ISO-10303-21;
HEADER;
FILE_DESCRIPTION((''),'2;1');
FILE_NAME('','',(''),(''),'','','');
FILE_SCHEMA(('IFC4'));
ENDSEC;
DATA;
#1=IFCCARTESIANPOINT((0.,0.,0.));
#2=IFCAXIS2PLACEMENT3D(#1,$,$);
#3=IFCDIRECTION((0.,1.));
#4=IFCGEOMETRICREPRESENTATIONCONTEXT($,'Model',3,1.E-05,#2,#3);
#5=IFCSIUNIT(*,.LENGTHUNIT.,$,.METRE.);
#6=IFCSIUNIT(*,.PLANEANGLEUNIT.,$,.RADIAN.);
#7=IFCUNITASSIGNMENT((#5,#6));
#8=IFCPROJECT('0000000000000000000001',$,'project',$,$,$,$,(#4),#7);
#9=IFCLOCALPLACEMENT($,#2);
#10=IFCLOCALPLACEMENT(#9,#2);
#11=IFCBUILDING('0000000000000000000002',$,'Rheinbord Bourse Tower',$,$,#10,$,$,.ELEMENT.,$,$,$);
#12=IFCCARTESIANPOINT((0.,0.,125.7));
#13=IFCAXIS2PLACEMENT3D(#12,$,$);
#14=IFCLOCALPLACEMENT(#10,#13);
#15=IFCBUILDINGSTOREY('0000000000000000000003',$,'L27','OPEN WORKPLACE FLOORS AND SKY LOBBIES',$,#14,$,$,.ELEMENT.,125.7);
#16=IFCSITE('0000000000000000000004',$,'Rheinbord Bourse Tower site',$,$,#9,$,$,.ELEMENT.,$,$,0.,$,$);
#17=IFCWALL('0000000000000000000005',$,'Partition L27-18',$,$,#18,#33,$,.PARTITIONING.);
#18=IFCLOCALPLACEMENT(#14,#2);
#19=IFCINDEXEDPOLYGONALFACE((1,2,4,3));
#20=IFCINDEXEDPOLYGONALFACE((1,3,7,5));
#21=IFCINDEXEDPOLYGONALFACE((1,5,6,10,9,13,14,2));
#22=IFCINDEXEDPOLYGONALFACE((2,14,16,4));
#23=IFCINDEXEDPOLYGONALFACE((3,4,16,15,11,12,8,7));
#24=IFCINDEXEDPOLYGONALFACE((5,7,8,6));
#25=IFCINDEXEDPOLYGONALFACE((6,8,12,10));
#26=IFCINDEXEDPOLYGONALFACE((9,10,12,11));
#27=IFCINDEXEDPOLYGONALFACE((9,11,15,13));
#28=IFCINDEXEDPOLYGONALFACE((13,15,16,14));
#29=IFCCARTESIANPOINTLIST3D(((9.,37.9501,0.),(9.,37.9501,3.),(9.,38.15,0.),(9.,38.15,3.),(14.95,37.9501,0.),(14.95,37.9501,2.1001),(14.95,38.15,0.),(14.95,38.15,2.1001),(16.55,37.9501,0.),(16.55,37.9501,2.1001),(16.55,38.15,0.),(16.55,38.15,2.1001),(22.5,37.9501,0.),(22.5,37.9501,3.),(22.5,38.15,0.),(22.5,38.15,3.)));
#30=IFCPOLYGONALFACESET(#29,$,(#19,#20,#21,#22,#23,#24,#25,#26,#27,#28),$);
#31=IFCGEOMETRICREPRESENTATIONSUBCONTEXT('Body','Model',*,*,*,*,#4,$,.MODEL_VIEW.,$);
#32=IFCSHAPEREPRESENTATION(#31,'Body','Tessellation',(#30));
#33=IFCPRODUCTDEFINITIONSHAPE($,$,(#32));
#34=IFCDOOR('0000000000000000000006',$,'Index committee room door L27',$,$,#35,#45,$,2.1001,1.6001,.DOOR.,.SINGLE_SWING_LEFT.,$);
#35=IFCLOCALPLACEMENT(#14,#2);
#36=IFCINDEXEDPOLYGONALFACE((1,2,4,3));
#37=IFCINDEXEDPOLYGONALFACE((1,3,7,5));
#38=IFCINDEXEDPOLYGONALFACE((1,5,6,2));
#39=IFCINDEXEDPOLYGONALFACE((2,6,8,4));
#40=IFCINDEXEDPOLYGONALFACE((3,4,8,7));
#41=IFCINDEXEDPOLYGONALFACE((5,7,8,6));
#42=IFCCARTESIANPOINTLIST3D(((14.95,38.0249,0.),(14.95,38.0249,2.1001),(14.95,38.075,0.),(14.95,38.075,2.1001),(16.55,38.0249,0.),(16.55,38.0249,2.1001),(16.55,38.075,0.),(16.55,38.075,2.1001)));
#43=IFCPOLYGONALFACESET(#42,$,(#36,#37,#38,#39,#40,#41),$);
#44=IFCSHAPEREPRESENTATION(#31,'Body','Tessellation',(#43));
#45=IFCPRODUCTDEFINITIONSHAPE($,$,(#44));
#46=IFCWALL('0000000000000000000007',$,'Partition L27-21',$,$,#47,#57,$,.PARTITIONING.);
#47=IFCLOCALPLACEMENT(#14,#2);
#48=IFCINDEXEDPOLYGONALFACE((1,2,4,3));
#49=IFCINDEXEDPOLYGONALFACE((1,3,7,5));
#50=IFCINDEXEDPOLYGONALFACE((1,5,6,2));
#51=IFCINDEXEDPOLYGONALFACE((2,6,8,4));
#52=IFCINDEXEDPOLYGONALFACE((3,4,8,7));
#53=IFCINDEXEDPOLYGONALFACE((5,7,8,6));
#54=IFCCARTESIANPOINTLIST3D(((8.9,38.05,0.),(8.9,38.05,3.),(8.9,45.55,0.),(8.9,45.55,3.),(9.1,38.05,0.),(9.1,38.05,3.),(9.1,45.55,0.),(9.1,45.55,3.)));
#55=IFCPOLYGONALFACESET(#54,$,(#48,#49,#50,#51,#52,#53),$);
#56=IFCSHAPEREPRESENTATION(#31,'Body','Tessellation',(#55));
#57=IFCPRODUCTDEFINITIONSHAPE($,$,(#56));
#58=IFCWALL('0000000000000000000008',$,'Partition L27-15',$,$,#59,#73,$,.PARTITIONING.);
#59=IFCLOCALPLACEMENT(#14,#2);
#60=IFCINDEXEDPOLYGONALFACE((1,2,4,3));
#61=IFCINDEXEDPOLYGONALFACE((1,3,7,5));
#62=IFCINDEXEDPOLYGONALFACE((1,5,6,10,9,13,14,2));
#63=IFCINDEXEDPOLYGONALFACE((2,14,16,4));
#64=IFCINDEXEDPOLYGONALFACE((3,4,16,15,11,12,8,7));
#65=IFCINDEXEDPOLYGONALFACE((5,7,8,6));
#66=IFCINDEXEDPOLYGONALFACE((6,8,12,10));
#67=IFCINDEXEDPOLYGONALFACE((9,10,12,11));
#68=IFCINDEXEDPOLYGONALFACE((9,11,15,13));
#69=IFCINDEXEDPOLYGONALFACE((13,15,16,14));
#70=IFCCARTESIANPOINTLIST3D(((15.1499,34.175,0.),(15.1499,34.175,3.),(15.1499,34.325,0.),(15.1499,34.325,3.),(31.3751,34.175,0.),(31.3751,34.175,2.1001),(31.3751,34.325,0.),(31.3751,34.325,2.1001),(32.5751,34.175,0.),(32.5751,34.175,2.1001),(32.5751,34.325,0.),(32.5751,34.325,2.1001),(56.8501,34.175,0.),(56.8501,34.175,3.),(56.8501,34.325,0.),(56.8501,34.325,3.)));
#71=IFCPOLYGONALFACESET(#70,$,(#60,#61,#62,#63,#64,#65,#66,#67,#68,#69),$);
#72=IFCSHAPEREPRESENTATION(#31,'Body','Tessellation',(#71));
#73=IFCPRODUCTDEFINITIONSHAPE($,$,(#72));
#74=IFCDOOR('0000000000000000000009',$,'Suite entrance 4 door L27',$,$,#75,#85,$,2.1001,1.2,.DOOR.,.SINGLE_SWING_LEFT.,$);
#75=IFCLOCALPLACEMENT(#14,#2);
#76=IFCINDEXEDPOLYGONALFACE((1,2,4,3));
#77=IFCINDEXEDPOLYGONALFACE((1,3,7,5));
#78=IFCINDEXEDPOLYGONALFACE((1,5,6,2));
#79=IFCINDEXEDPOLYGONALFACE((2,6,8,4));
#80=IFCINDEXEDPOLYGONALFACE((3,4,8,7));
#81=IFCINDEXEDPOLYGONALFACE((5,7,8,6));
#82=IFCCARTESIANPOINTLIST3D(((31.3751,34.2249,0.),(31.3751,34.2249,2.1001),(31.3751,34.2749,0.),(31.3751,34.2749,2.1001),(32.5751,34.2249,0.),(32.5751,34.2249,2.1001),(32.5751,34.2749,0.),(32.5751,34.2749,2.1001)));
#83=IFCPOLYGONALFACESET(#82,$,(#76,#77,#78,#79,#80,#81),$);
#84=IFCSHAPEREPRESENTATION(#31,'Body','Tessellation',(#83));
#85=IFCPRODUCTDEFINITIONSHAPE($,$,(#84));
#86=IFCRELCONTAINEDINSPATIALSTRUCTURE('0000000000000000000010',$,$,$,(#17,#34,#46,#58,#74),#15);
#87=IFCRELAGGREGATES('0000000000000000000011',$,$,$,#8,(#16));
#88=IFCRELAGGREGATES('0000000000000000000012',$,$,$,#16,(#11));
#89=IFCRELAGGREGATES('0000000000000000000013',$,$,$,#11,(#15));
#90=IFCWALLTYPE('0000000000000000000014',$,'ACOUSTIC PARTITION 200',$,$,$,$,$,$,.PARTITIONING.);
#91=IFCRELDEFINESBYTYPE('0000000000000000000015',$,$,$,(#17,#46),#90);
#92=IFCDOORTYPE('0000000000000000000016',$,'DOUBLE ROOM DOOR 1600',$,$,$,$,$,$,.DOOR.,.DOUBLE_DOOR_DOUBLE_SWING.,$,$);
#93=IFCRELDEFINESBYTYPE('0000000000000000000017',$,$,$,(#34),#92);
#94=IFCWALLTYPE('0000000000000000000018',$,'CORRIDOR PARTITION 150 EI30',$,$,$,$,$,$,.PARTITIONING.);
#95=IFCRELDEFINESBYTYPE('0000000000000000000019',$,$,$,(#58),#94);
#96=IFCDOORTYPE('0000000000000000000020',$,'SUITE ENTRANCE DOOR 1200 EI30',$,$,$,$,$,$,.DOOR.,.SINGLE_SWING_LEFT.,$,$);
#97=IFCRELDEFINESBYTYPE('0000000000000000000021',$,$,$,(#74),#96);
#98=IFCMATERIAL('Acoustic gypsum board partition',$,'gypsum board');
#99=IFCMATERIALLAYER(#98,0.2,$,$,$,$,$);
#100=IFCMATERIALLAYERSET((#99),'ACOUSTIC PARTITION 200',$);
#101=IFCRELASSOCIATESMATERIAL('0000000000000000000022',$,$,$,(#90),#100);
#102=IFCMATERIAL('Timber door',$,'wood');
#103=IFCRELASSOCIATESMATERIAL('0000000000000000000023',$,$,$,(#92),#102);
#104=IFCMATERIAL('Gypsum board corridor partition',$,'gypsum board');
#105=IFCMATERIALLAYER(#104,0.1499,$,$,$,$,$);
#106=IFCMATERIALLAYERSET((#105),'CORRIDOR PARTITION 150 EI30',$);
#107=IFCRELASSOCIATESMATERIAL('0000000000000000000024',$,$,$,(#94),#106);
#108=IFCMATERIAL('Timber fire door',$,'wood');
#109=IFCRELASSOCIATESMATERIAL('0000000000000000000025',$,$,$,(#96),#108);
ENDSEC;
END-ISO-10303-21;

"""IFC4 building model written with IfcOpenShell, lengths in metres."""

from ifc_helpers import new_model, si_unit, direction, frame, frame_2d, origin, place, context, subcontext, project, spatial, rectangle, extrude, material, layer, layer_set, type_object, element, fill, save


model = new_model("IFC4")

# Units and contexts
model_context = context("Model", 3, precision=1e-05, world=origin(), true_north=direction((0.0, 1.0)))
body_context = subcontext(model_context, "Body", "Model", "MODEL_VIEW")
ifc_project = project(units=[si_unit("LENGTHUNIT", "METRE"), si_unit("PLANEANGLEUNIT", "RADIAN")], contexts=[model_context])

# Site, building, storey
site_placement = place(None, origin())
site = spatial("IfcSite", under=ifc_project, at=site_placement, Name="Rheinbord Bourse Tower site", CompositionType="ELEMENT", RefElevation=0.0)
building_placement = place(site_placement, origin())
building = spatial("IfcBuilding", under=site, at=building_placement, Name="Rheinbord Bourse Tower", CompositionType="ELEMENT")
storey_placement = place(building_placement, frame((0.0, 0.0, 125.7)))
storey = spatial("IfcBuildingStorey", under=building, at=storey_placement, Name="L27", Description="OPEN WORKPLACE FLOORS AND SKY LOBBIES", CompositionType="ELEMENT", Elevation=125.7)

# Wall, opening, door
ifc_material_1 = material(Name="Acoustic gypsum board partition", Category="gypsum board")
ifc_layer_1 = layer(ifc_material_1, 0.2)
ifc_layer_set_1 = layer_set([ifc_layer_1], Name="ACOUSTIC PARTITION 200")
wall_type_1 = type_object("IfcWallType", Name="ACOUSTIC PARTITION 200", PredefinedType="PARTITIONING", material=ifc_layer_set_1)
wall_1_placement = place(storey_placement, frame((9.0, 38.05, 0.0), z_axis=(0.0, 0.0, 1.0), x_axis=(1.0, 0.0, 0.0)))
wall_1 = element("IfcWall", 1, at=wall_1_placement, inside=storey, type_object=wall_type_1, Name="Partition L27-18", PredefinedType="PARTITIONING", context=body_context, shape_type="SweptSolid", body=[
    extrude(rectangle(XDim=13.5, YDim=0.2, at=frame_2d((6.75, 0.0))), origin(), (0.0, 0.0, 1.0), 3.0),
])
opening_1_placement = place(wall_1_placement, frame((5.95, 0.0, 0.0)))
opening_1 = element("IfcOpeningElement", 2, at=opening_1_placement, cuts=wall_1, PredefinedType="OPENING", context=body_context, shape_type="SweptSolid", body=[
    extrude(rectangle(XDim=1.6001, YDim=2.1001, at=frame_2d((0.8, 1.05))), frame((0.0, 0.1099, 0.0), z_axis=(0.0, -1.0, 0.0), x_axis=(1.0, 0.0, 0.0)), (0.0, 0.0, 1.0), 0.22),
])
ifc_material_2 = material(Name="Timber door", Category="wood")
door_type_1 = type_object("IfcDoorType", Name="DOUBLE ROOM DOOR 1600", OperationType="DOUBLE_DOOR_DOUBLE_SWING", PredefinedType="DOOR", material=ifc_material_2)
door_1_placement = place(opening_1_placement, origin())
door_1 = element("IfcDoor", 3, at=door_1_placement, inside=storey, type_object=door_type_1, Name="Index committee room door L27", OperationType="SINGLE_SWING_LEFT", OverallHeight=2.1001, OverallWidth=1.6001, PredefinedType="DOOR", context=body_context, shape_type="SweptSolid", body=[
    extrude(rectangle(XDim=1.6001, YDim=2.1001, at=frame_2d((0.8, 1.05))), frame((0.0, 0.0249, 0.0), z_axis=(0.0, -1.0, 0.0), x_axis=(1.0, 0.0, 0.0)), (0.0, 0.0, 1.0), 0.05),
])
fill(opening_1, door_1)

# Wall
wall_2_placement = place(storey_placement, frame((9.0, 38.05, 0.0), z_axis=(0.0, 0.0, 1.0), x_axis=(0.0, 1.0, 0.0)))
element("IfcWall", 4, at=wall_2_placement, inside=storey, type_object=wall_type_1, Name="Partition L27-21", PredefinedType="PARTITIONING", context=body_context, shape_type="SweptSolid", body=[
    extrude(rectangle(XDim=7.5, YDim=0.2, at=frame_2d((3.75, 0.0))), origin(), (0.0, 0.0, 1.0), 3.0),
])

# Wall, opening, door
ifc_material_3 = material(Name="Gypsum board corridor partition", Category="gypsum board")
ifc_layer_2 = layer(ifc_material_3, 0.1499)
ifc_layer_set_2 = layer_set([ifc_layer_2], Name="CORRIDOR PARTITION 150 EI30")
wall_type_2 = type_object("IfcWallType", Name="CORRIDOR PARTITION 150 EI30", PredefinedType="PARTITIONING", material=ifc_layer_set_2)
wall_3_placement = place(storey_placement, frame((15.1499, 34.25, 0.0), z_axis=(0.0, 0.0, 1.0), x_axis=(1.0, 0.0, 0.0)))
wall_3 = element("IfcWall", 5, at=wall_3_placement, inside=storey, type_object=wall_type_2, Name="Partition L27-15", PredefinedType="PARTITIONING", context=body_context, shape_type="SweptSolid", body=[
    extrude(rectangle(XDim=41.7002, YDim=0.1499, at=frame_2d((20.8501, 0.0))), origin(), (0.0, 0.0, 1.0), 3.0),
])
opening_2_placement = place(wall_3_placement, frame((16.2251, 0.0, 0.0)))
opening_2 = element("IfcOpeningElement", 6, at=opening_2_placement, cuts=wall_3, PredefinedType="OPENING", context=body_context, shape_type="SweptSolid", body=[
    extrude(rectangle(XDim=1.2, YDim=2.1001, at=frame_2d((0.6001, 1.05))), frame((0.0, 0.085, 0.0), z_axis=(0.0, -1.0, 0.0), x_axis=(1.0, 0.0, 0.0)), (0.0, 0.0, 1.0), 0.1699),
])
ifc_material_4 = material(Name="Timber fire door", Category="wood")
door_type_2 = type_object("IfcDoorType", Name="SUITE ENTRANCE DOOR 1200 EI30", OperationType="SINGLE_SWING_LEFT", PredefinedType="DOOR", material=ifc_material_4)
door_2_placement = place(opening_2_placement, origin())
door_2 = element("IfcDoor", 7, at=door_2_placement, inside=storey, type_object=door_type_2, Name="Suite entrance 4 door L27", OperationType="SINGLE_SWING_LEFT", OverallHeight=2.1001, OverallWidth=1.2, PredefinedType="DOOR", context=body_context, shape_type="SweptSolid", body=[
    extrude(rectangle(XDim=1.2, YDim=2.1001, at=frame_2d((0.6001, 1.05))), frame((0.0, 0.0249, 0.0), z_axis=(0.0, -1.0, 0.0), x_axis=(1.0, 0.0, 0.0)), (0.0, 0.0, 1.0), 0.05),
])
fill(opening_2, door_2)

save(model, "model.ifc")
